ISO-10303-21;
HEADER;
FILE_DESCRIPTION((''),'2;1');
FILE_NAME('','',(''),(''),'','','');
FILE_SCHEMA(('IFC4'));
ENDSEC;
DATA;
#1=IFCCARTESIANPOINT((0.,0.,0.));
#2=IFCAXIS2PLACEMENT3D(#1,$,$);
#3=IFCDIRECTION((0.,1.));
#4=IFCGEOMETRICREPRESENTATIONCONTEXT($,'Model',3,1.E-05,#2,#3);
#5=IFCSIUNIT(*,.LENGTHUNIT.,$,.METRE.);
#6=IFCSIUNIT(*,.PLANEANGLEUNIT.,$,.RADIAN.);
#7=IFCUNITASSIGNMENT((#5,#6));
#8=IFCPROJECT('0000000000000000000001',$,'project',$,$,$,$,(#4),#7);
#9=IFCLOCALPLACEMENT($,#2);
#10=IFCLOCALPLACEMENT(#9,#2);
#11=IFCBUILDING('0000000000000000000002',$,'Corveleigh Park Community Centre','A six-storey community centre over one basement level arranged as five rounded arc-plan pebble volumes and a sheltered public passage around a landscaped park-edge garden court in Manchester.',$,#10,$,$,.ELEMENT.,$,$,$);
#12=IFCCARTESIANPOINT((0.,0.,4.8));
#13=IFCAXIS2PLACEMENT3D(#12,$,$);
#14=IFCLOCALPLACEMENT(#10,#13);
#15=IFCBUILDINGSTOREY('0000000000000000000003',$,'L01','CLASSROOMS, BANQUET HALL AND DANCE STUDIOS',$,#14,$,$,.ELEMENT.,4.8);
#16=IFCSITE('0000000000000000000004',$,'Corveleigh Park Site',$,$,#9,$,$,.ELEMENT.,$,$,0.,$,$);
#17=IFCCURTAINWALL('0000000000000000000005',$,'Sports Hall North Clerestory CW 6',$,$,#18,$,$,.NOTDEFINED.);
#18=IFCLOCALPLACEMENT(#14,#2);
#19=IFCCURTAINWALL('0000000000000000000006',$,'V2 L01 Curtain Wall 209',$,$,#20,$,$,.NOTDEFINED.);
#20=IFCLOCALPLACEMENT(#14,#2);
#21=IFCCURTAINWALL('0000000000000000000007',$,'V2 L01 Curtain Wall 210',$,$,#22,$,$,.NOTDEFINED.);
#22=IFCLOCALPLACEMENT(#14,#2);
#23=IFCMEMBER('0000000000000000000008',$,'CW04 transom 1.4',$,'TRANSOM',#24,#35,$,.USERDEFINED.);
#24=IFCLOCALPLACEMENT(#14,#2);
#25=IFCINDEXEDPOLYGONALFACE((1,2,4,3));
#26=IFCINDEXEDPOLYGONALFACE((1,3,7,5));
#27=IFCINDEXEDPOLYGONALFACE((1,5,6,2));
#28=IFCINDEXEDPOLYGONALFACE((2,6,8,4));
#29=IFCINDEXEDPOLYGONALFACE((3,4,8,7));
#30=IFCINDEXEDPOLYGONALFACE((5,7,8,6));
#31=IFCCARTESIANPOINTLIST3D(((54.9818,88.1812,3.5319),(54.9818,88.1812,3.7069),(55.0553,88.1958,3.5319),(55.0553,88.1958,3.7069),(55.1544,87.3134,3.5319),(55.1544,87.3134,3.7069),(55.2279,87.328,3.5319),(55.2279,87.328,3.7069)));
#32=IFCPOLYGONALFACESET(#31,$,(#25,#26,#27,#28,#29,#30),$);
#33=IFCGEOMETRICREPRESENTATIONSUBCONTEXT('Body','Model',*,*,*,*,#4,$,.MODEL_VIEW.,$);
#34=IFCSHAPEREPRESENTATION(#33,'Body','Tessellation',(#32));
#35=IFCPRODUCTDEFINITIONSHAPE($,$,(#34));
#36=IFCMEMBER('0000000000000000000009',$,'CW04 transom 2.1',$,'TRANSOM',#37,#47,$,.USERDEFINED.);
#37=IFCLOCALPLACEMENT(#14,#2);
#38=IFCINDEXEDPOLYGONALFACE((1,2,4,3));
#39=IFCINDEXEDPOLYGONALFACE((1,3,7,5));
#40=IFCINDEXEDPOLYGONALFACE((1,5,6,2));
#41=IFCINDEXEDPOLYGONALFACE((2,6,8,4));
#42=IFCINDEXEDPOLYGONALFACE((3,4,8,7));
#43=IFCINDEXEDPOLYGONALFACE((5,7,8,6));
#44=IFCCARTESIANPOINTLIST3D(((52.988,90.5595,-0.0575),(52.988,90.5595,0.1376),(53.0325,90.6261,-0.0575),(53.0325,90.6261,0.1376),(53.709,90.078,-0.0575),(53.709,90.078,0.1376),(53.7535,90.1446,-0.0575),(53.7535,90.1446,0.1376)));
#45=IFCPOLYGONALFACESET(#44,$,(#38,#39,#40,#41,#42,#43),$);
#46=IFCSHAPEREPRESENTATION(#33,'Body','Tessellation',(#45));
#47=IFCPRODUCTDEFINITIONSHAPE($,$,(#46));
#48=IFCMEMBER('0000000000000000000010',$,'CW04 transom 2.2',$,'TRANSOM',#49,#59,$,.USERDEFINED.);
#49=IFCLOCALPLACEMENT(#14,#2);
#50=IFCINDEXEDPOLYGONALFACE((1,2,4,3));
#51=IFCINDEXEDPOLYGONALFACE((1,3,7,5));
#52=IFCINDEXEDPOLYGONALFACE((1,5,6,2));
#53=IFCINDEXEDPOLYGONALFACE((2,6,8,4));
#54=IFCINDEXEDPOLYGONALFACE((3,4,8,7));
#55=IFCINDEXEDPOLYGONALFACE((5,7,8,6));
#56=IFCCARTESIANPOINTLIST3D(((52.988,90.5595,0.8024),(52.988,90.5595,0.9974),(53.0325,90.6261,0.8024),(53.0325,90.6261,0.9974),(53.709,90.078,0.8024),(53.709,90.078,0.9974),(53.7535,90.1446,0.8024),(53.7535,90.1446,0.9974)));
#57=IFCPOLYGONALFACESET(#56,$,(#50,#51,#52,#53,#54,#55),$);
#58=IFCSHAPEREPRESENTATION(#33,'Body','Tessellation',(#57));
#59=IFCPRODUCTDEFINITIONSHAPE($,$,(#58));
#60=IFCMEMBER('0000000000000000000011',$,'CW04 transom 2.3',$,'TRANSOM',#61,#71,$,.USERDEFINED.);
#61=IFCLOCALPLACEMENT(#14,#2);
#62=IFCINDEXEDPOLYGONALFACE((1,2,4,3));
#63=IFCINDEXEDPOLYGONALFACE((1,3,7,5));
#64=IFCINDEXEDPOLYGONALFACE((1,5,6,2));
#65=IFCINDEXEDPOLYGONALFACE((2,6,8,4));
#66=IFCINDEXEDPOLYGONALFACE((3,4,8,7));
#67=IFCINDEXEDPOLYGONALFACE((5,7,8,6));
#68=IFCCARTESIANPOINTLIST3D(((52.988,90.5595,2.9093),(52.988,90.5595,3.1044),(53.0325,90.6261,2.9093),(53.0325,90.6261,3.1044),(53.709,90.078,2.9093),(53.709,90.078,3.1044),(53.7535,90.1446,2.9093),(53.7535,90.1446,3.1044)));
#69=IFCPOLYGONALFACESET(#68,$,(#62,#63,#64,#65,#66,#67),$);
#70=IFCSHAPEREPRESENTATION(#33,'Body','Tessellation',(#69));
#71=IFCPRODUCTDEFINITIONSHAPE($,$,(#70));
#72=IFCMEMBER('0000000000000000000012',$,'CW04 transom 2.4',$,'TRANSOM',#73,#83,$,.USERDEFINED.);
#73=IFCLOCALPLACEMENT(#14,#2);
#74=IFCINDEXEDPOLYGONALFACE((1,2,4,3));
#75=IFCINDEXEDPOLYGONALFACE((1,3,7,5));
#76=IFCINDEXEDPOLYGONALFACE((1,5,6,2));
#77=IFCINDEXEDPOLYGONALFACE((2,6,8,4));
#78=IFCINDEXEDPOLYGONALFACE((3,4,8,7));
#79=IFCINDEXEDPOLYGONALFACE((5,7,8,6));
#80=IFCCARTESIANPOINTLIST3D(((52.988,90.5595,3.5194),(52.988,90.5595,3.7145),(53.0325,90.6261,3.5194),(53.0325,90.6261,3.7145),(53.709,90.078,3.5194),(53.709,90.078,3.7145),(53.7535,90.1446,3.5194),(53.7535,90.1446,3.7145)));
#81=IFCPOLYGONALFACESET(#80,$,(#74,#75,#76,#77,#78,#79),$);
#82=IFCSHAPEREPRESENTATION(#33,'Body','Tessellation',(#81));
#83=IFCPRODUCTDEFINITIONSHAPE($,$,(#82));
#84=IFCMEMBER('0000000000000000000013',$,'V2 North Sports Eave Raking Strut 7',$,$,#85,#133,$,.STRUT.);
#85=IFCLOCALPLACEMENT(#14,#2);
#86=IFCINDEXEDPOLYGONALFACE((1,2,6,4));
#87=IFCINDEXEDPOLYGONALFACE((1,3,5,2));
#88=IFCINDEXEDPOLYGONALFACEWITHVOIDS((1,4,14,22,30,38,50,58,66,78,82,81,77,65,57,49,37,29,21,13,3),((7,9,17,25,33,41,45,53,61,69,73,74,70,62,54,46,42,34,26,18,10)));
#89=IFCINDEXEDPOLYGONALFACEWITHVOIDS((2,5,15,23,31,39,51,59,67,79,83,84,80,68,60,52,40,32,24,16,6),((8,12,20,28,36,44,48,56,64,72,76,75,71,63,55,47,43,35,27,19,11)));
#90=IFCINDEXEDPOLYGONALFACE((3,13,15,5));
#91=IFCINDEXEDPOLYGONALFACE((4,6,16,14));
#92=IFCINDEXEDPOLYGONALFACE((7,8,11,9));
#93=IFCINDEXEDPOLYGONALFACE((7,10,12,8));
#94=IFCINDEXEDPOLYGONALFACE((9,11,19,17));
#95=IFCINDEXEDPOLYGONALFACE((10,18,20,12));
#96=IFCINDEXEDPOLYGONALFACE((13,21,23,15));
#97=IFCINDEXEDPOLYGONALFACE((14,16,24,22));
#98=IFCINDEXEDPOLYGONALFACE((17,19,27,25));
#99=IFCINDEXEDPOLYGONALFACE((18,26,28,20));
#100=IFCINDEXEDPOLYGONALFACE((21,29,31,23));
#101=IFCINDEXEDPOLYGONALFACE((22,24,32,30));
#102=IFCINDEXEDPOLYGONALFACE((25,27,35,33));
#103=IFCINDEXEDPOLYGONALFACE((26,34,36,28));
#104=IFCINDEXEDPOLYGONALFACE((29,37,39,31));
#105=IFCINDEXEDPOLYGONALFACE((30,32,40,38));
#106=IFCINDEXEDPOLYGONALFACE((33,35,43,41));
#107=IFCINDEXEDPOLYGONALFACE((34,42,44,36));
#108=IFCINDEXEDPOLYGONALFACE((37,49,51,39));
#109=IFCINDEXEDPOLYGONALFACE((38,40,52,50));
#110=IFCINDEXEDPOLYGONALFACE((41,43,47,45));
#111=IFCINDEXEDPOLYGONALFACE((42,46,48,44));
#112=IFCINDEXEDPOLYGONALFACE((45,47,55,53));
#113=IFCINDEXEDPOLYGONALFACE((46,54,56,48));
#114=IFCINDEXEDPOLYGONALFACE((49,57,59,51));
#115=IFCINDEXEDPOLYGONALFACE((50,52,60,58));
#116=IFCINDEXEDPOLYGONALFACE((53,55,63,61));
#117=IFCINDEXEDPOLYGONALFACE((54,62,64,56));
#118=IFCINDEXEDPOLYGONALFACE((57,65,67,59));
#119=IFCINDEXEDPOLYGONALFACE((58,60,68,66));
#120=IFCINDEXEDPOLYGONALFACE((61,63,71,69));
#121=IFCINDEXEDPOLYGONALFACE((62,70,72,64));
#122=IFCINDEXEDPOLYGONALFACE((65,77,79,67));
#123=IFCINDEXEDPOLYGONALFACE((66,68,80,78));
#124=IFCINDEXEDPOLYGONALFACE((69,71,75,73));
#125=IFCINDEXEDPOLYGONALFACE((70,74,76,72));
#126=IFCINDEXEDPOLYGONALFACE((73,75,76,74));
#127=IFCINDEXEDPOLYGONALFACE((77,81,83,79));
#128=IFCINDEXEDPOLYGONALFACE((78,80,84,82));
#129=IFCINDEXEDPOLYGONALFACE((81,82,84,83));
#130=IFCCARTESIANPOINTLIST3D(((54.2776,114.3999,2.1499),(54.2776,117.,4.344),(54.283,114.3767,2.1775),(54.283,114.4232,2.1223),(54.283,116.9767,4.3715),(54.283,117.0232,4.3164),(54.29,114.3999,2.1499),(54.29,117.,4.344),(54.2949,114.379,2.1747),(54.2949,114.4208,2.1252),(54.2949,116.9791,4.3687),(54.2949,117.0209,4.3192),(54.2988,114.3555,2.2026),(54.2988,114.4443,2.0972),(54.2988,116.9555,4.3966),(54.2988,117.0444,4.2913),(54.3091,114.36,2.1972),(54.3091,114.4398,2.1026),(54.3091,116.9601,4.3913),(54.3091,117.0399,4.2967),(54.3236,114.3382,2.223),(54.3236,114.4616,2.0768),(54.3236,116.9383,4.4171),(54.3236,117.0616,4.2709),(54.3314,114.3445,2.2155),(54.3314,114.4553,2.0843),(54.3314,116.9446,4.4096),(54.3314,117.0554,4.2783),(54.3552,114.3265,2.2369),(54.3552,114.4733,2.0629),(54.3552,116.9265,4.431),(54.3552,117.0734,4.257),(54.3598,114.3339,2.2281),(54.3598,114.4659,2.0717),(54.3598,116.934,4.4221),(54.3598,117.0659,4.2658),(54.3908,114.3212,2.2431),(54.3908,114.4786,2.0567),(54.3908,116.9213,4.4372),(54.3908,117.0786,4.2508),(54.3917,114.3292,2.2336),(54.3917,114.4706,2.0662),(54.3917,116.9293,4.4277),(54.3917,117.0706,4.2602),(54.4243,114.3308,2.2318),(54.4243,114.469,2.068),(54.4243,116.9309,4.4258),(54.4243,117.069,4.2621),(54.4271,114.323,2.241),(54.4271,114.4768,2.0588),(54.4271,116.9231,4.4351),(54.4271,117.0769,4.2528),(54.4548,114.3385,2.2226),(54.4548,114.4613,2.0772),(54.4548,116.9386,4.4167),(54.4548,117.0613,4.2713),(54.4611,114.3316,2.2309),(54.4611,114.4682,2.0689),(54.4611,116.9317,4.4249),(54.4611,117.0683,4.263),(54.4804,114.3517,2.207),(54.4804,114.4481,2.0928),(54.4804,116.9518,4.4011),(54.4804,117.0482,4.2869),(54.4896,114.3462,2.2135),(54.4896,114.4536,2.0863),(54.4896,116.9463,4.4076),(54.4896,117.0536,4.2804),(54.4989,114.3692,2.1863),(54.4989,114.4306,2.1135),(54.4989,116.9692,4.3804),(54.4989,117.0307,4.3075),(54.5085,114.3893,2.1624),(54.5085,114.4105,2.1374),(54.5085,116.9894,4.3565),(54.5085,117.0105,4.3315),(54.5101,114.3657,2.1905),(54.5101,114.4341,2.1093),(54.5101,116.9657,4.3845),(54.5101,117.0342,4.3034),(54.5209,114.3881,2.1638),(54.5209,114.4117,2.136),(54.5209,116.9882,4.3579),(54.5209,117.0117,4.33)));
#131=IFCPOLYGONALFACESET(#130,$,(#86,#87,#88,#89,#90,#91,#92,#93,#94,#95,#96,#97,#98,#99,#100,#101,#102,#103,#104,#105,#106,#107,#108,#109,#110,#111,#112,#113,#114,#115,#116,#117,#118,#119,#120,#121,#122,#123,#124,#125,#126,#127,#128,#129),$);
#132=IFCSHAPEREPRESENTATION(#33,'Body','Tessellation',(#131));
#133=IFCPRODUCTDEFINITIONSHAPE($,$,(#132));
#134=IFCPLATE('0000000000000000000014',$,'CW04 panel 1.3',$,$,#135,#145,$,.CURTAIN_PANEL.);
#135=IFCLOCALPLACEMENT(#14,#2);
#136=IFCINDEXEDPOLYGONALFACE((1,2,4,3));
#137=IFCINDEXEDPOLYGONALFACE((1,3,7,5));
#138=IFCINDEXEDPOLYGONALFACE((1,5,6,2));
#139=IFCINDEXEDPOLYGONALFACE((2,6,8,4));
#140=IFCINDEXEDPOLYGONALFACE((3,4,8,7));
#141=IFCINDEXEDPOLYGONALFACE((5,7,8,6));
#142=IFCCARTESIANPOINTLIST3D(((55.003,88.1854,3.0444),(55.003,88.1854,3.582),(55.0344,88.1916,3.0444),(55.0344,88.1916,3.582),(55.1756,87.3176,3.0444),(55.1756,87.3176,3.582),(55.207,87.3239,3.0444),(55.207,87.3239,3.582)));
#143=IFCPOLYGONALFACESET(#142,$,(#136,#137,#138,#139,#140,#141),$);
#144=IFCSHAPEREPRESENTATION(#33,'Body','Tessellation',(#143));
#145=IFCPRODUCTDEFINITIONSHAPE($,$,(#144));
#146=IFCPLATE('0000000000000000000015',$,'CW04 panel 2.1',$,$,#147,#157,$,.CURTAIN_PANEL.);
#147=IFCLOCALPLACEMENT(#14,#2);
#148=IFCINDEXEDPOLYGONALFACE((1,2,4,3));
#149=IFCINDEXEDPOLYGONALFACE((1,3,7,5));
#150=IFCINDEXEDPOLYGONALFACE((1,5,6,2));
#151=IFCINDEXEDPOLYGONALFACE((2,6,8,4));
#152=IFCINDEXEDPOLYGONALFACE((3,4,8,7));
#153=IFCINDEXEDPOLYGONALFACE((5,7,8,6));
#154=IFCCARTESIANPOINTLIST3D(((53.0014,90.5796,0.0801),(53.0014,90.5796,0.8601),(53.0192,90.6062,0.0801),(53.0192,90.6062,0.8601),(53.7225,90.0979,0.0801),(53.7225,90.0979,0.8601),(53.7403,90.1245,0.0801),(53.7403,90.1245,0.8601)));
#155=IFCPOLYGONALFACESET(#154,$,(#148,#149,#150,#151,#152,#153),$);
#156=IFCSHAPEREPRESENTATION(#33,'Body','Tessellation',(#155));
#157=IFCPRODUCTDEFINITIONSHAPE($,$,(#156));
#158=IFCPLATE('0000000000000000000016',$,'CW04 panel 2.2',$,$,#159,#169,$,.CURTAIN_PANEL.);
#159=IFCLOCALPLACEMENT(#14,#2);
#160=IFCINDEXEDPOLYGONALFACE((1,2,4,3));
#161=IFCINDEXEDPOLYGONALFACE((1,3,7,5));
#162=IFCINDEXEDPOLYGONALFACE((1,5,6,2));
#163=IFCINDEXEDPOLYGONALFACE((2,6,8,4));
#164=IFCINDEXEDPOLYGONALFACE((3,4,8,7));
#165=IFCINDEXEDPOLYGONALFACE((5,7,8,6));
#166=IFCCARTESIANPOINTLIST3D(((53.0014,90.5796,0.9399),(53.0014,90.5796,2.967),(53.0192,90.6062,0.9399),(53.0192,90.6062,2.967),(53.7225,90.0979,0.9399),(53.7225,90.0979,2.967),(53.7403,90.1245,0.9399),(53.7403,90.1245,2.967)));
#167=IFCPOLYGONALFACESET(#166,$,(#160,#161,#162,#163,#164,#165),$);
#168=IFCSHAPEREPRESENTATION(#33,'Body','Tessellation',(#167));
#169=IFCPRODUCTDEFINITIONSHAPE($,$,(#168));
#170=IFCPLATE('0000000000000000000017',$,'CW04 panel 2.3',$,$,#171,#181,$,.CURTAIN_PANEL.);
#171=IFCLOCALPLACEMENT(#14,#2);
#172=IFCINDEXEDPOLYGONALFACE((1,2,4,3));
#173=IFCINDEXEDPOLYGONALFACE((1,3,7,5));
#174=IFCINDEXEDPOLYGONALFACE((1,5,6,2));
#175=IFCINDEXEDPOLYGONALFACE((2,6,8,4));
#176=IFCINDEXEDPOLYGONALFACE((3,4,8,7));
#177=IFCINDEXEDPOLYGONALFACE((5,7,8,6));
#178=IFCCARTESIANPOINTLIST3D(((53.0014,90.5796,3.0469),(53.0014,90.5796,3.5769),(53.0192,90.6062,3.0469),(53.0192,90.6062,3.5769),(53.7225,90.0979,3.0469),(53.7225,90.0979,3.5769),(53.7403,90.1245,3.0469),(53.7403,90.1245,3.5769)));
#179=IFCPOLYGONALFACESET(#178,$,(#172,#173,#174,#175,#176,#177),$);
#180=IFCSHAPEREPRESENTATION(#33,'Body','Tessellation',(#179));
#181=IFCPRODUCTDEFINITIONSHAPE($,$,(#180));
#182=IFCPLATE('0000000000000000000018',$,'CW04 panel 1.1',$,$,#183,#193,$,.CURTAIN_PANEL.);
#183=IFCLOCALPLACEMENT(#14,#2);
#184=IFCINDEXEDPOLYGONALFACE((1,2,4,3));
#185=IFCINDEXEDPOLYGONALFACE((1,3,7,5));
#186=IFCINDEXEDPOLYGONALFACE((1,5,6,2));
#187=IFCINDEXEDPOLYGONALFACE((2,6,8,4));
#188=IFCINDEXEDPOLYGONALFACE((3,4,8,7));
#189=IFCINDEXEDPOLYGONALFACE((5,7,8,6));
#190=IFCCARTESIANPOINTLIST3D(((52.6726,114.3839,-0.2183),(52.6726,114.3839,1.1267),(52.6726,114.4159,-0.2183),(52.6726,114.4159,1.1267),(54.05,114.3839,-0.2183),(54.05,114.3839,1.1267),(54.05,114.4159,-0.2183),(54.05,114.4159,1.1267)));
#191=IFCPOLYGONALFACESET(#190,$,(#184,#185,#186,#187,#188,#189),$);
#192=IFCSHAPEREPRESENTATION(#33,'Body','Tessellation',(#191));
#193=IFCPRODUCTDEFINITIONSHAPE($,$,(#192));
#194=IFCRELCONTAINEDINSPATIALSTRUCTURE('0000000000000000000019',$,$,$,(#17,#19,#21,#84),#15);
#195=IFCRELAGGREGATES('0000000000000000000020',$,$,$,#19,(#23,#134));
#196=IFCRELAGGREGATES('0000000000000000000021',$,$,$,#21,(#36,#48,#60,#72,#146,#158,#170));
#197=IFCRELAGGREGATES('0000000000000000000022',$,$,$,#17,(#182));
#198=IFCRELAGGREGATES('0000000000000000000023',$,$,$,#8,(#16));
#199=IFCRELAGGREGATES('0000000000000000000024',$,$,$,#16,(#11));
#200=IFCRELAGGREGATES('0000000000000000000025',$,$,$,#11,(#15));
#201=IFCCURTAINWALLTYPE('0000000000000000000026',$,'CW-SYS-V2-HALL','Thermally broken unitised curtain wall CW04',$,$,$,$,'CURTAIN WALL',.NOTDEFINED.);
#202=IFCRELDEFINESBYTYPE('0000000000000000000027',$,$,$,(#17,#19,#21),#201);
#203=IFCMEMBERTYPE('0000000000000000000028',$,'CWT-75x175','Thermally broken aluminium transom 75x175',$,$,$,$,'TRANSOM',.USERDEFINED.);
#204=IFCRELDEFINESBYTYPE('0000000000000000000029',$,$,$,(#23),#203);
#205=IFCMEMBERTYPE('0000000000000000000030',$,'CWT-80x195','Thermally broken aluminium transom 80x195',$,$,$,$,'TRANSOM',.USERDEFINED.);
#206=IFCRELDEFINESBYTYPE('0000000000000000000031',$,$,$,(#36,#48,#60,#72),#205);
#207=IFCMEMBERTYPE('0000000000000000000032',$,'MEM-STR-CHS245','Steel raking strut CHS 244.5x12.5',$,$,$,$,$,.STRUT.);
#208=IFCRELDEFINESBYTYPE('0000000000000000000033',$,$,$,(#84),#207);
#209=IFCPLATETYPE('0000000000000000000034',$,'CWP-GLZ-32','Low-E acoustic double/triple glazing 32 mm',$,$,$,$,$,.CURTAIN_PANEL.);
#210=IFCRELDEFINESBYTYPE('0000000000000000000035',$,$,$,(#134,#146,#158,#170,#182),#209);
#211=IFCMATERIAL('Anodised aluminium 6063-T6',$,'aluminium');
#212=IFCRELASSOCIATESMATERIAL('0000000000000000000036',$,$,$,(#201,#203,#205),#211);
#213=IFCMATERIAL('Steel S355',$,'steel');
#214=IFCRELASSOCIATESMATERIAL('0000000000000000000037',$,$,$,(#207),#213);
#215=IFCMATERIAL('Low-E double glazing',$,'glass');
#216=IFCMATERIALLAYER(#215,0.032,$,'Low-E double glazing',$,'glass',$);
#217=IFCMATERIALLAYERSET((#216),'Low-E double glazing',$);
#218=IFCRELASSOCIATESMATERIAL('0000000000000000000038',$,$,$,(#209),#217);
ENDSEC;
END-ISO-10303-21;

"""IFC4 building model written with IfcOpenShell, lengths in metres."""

from ifc_helpers import new_model, si_unit, direction, frame, origin, origin_2d, place, context, subcontext, project, spatial, rectangle, hollow_circle, extrude, material, layer, layer_set, material_profile, profile_set, type_object, element, aggregate, save


model = new_model("IFC4")

# Units and contexts
model_context = context("Model", 3, precision=1e-05, world=origin(), true_north=direction((0.0, 1.0)))
body_context = subcontext(model_context, "Body", "Model", "MODEL_VIEW")
ifc_project = project(units=[si_unit("LENGTHUNIT", "METRE"), si_unit("PLANEANGLEUNIT", "RADIAN")], contexts=[model_context])

# Site, building, storey
site_placement = place(None, origin())
site = spatial("IfcSite", under=ifc_project, at=site_placement, Name="Corveleigh Park Site", CompositionType="ELEMENT", RefElevation=0.0)
building_placement = place(site_placement, origin())
building = spatial("IfcBuilding", under=site, at=building_placement, Name="Corveleigh Park Community Centre", Description="A six-storey community centre over one basement level arranged as five rounded arc-plan pebble volumes and a sheltered public passage around a landscaped park-edge garden court in Manchester.", CompositionType="ELEMENT")
storey_placement = place(building_placement, frame((0.0, 0.0, 4.8)))
storey = spatial("IfcBuildingStorey", under=building, at=storey_placement, Name="L01", Description="CLASSROOMS, BANQUET HALL AND DANCE STUDIOS", CompositionType="ELEMENT", Elevation=4.8)

# Shared definitions
ifc_material_1 = material(Name="Steel S355", Category="steel")

# Curtain walls
ifc_material_2 = material(Name="Anodised aluminium 6063-T6", Category="aluminium")
curtain_wall_type = type_object("IfcCurtainWallType", Name="CW-SYS-V2-HALL", Description="Thermally broken unitised curtain wall CW04", ElementType="CURTAIN WALL", PredefinedType="NOTDEFINED", material=ifc_material_2)
curtain_wall_1_placement = place(storey_placement, origin())
curtain_wall_1 = element("IfcCurtainWall", 1, at=curtain_wall_1_placement, inside=storey, type_object=curtain_wall_type, Name="Sports Hall North Clerestory CW 6", PredefinedType="NOTDEFINED")
curtain_wall_2_placement = place(storey_placement, origin())
curtain_wall_2 = element("IfcCurtainWall", 2, at=curtain_wall_2_placement, inside=storey, type_object=curtain_wall_type, Name="V2 L01 Curtain Wall 209", PredefinedType="NOTDEFINED")

# Curtain wall
curtain_wall_3_placement = place(storey_placement, origin())
curtain_wall_3 = element("IfcCurtainWall", 3, at=curtain_wall_3_placement, inside=storey, type_object=curtain_wall_type, Name="V2 L01 Curtain Wall 210", PredefinedType="NOTDEFINED")

# Members
ifc_material_profile_1 = material_profile(ifc_material_2, rectangle(XDim=0.075, YDim=0.175, at=origin_2d()), Name="ALU-T75x175", Category="aluminium")
ifc_profile_set_1 = profile_set([ifc_material_profile_1], Name="Anodised aluminium 6063-T6")
member_type_1 = type_object("IfcMemberType", Name="CWT-75x175", Description="Thermally broken aluminium transom 75x175", ElementType="TRANSOM", PredefinedType="USERDEFINED", material=ifc_profile_set_1)
member_1_placement = place(storey_placement, frame((55.0186, 88.1885, 3.6194), z_axis=(0.195108, -0.980782, 0.0), x_axis=(0.980782, 0.195108, 0.0)))
member_1 = element("IfcMember", 4, at=member_1_placement, type_object=member_type_1, Name="CW04 transom 1.4", ObjectType="TRANSOM", PredefinedType="USERDEFINED", context=body_context, shape_type="SweptSolid", body=[
    extrude(rectangle(XDim=0.075, YDim=0.175, at=origin_2d()), origin(), (0.0, 0.0, 1.0), 0.8848),
])
ifc_material_profile_2 = material_profile(ifc_material_2, rectangle(XDim=0.0801, YDim=0.1951, at=origin_2d()), Name="ALU-T80x195", Category="aluminium")
ifc_profile_set_2 = profile_set([ifc_material_profile_2], Name="Anodised aluminium 6063-T6")
member_type_2 = type_object("IfcMemberType", Name="CWT-80x195", Description="Thermally broken aluminium transom 80x195", ElementType="TRANSOM", PredefinedType="USERDEFINED", material=ifc_profile_set_2)
member_2_placement = place(storey_placement, frame((53.0103, 90.5928, 0.04), z_axis=(0.831617, -0.55535, 0.0), x_axis=(0.55535, 0.831617, 0.0)))
member_2 = element("IfcMember", 5, at=member_2_placement, type_object=member_type_2, Name="CW04 transom 2.1", ObjectType="TRANSOM", PredefinedType="USERDEFINED", context=body_context, shape_type="SweptSolid", body=[
    extrude(rectangle(XDim=0.0801, YDim=0.1951, at=origin_2d()), origin(), (0.0, 0.0, 1.0), 0.8669),
])
member_3_placement = place(storey_placement, frame((53.0103, 90.5928, 0.8999), z_axis=(0.831617, -0.55535, 0.0), x_axis=(0.55535, 0.831617, 0.0)))
member_3 = element("IfcMember", 6, at=member_3_placement, type_object=member_type_2, Name="CW04 transom 2.2", ObjectType="TRANSOM", PredefinedType="USERDEFINED", context=body_context, shape_type="SweptSolid", body=[
    extrude(rectangle(XDim=0.0801, YDim=0.1951, at=origin_2d()), origin(), (0.0, 0.0, 1.0), 0.8669),
])
member_4_placement = place(storey_placement, frame((53.0103, 90.5928, 3.0068), z_axis=(0.831617, -0.55535, 0.0), x_axis=(0.55535, 0.831617, 0.0)))
member_4 = element("IfcMember", 7, at=member_4_placement, type_object=member_type_2, Name="CW04 transom 2.3", ObjectType="TRANSOM", PredefinedType="USERDEFINED", context=body_context, shape_type="SweptSolid", body=[
    extrude(rectangle(XDim=0.0801, YDim=0.1951, at=origin_2d()), origin(), (0.0, 0.0, 1.0), 0.8669),
])
member_5_placement = place(storey_placement, frame((53.0103, 90.5928, 3.6169), z_axis=(0.831617, -0.55535, 0.0), x_axis=(0.55535, 0.831617, 0.0)))
member_5 = element("IfcMember", 8, at=member_5_placement, type_object=member_type_2, Name="CW04 transom 2.4", ObjectType="TRANSOM", PredefinedType="USERDEFINED", context=body_context, shape_type="SweptSolid", body=[
    extrude(rectangle(XDim=0.0801, YDim=0.1951, at=origin_2d()), origin(), (0.0, 0.0, 1.0), 0.8669),
])
ifc_material_profile_3 = material_profile(ifc_material_1, hollow_circle(Radius=0.1223, WallThickness=0.0125, at=origin_2d()), Name="CHS 244.5x12.5", Category="steel")
ifc_profile_set_3 = profile_set([ifc_material_profile_3], Name="Steel S355")
member_type_3 = type_object("IfcMemberType", Name="MEM-STR-CHS245", Description="Steel raking strut CHS 244.5x12.5", PredefinedType="STRUT", material=ifc_profile_set_3)
member_6_placement = place(storey_placement, frame((54.3999, 114.3999, 2.1499), z_axis=(0.0, 0.764254, 0.644915), x_axis=(-1.0, 0.0, 0.0)))
element("IfcMember", 9, at=member_6_placement, inside=storey, type_object=member_type_3, Name="V2 North Sports Eave Raking Strut 7", PredefinedType="STRUT", context=body_context, shape_type="SweptSolid", body=[
    extrude(hollow_circle(Radius=0.1223, WallThickness=0.0125, at=origin_2d()), origin(), (0.0, 0.0, 1.0), 3.4021),
])

# Plates
ifc_material_3 = material(Name="Low-E double glazing", Category="glass")
ifc_layer_1 = layer(ifc_material_3, 0.032, Name="Low-E double glazing", Category="glass")
ifc_layer_set_1 = layer_set([ifc_layer_1], Name="Low-E double glazing")
plate_type_1 = type_object("IfcPlateType", Name="CWP-GLZ-32", Description="Low-E acoustic double/triple glazing 32 mm", PredefinedType="CURTAIN_PANEL", material=ifc_layer_set_1)
plate_1_placement = place(storey_placement, frame((55.105, 87.7546, 3.0444), z_axis=(0.0, 0.0, 1.0), x_axis=(0.195063, -0.980791, 0.0)))
plate_1 = element("IfcPlate", 10, at=plate_1_placement, type_object=plate_type_1, Name="CW04 panel 1.3", PredefinedType="CURTAIN_PANEL", context=body_context, shape_type="SweptSolid", body=[
    extrude(rectangle(XDim=0.8848, YDim=0.032, at=origin_2d()), origin(), (0.0, 0.0, 1.0), 0.5376),
])
aggregate(curtain_wall_2, [member_1, plate_1])
plate_2_placement = place(storey_placement, frame((53.3708, 90.3521, 0.0801), z_axis=(0.0, 0.0, 1.0), x_axis=(0.831509, -0.555512, 0.0)))
plate_2 = element("IfcPlate", 11, at=plate_2_placement, type_object=plate_type_1, Name="CW04 panel 2.1", PredefinedType="CURTAIN_PANEL", context=body_context, shape_type="SweptSolid", body=[
    extrude(rectangle(XDim=0.8672, YDim=0.032, at=origin_2d()), origin(), (0.0, 0.0, 1.0), 0.78),
])
plate_3_placement = place(storey_placement, frame((53.3708, 90.3521, 0.9399), z_axis=(0.0, 0.0, 1.0), x_axis=(0.831509, -0.555512, 0.0)))
plate_3 = element("IfcPlate", 12, at=plate_3_placement, type_object=plate_type_1, Name="CW04 panel 2.2", PredefinedType="CURTAIN_PANEL", context=body_context, shape_type="SweptSolid", body=[
    extrude(rectangle(XDim=0.8672, YDim=0.032, at=origin_2d()), origin(), (0.0, 0.0, 1.0), 2.0271),
])
plate_4_placement = place(storey_placement, frame((53.3708, 90.3521, 3.0469), z_axis=(0.0, 0.0, 1.0), x_axis=(0.831509, -0.555512, 0.0)))
plate_4 = element("IfcPlate", 13, at=plate_4_placement, type_object=plate_type_1, Name="CW04 panel 2.3", PredefinedType="CURTAIN_PANEL", context=body_context, shape_type="SweptSolid", body=[
    extrude(rectangle(XDim=0.8672, YDim=0.032, at=origin_2d()), origin(), (0.0, 0.0, 1.0), 0.53),
])
aggregate(curtain_wall_3, [member_2, member_3, member_4, member_5, plate_2, plate_3, plate_4])
plate_5_placement = place(storey_placement, frame((53.3613, 114.3999, -0.2183), z_axis=(0.0, 0.0, 1.0), x_axis=(-1.0, 0.0, 0.0)))
plate_5 = element("IfcPlate", 14, at=plate_5_placement, type_object=plate_type_1, Name="CW04 panel 1.1", PredefinedType="CURTAIN_PANEL", context=body_context, shape_type="SweptSolid", body=[
    extrude(rectangle(XDim=1.3774, YDim=0.032, at=origin_2d()), origin(), (0.0, 0.0, 1.0), 1.345),
])
aggregate(curtain_wall_1, [plate_5])

save(model, "model.ifc")
